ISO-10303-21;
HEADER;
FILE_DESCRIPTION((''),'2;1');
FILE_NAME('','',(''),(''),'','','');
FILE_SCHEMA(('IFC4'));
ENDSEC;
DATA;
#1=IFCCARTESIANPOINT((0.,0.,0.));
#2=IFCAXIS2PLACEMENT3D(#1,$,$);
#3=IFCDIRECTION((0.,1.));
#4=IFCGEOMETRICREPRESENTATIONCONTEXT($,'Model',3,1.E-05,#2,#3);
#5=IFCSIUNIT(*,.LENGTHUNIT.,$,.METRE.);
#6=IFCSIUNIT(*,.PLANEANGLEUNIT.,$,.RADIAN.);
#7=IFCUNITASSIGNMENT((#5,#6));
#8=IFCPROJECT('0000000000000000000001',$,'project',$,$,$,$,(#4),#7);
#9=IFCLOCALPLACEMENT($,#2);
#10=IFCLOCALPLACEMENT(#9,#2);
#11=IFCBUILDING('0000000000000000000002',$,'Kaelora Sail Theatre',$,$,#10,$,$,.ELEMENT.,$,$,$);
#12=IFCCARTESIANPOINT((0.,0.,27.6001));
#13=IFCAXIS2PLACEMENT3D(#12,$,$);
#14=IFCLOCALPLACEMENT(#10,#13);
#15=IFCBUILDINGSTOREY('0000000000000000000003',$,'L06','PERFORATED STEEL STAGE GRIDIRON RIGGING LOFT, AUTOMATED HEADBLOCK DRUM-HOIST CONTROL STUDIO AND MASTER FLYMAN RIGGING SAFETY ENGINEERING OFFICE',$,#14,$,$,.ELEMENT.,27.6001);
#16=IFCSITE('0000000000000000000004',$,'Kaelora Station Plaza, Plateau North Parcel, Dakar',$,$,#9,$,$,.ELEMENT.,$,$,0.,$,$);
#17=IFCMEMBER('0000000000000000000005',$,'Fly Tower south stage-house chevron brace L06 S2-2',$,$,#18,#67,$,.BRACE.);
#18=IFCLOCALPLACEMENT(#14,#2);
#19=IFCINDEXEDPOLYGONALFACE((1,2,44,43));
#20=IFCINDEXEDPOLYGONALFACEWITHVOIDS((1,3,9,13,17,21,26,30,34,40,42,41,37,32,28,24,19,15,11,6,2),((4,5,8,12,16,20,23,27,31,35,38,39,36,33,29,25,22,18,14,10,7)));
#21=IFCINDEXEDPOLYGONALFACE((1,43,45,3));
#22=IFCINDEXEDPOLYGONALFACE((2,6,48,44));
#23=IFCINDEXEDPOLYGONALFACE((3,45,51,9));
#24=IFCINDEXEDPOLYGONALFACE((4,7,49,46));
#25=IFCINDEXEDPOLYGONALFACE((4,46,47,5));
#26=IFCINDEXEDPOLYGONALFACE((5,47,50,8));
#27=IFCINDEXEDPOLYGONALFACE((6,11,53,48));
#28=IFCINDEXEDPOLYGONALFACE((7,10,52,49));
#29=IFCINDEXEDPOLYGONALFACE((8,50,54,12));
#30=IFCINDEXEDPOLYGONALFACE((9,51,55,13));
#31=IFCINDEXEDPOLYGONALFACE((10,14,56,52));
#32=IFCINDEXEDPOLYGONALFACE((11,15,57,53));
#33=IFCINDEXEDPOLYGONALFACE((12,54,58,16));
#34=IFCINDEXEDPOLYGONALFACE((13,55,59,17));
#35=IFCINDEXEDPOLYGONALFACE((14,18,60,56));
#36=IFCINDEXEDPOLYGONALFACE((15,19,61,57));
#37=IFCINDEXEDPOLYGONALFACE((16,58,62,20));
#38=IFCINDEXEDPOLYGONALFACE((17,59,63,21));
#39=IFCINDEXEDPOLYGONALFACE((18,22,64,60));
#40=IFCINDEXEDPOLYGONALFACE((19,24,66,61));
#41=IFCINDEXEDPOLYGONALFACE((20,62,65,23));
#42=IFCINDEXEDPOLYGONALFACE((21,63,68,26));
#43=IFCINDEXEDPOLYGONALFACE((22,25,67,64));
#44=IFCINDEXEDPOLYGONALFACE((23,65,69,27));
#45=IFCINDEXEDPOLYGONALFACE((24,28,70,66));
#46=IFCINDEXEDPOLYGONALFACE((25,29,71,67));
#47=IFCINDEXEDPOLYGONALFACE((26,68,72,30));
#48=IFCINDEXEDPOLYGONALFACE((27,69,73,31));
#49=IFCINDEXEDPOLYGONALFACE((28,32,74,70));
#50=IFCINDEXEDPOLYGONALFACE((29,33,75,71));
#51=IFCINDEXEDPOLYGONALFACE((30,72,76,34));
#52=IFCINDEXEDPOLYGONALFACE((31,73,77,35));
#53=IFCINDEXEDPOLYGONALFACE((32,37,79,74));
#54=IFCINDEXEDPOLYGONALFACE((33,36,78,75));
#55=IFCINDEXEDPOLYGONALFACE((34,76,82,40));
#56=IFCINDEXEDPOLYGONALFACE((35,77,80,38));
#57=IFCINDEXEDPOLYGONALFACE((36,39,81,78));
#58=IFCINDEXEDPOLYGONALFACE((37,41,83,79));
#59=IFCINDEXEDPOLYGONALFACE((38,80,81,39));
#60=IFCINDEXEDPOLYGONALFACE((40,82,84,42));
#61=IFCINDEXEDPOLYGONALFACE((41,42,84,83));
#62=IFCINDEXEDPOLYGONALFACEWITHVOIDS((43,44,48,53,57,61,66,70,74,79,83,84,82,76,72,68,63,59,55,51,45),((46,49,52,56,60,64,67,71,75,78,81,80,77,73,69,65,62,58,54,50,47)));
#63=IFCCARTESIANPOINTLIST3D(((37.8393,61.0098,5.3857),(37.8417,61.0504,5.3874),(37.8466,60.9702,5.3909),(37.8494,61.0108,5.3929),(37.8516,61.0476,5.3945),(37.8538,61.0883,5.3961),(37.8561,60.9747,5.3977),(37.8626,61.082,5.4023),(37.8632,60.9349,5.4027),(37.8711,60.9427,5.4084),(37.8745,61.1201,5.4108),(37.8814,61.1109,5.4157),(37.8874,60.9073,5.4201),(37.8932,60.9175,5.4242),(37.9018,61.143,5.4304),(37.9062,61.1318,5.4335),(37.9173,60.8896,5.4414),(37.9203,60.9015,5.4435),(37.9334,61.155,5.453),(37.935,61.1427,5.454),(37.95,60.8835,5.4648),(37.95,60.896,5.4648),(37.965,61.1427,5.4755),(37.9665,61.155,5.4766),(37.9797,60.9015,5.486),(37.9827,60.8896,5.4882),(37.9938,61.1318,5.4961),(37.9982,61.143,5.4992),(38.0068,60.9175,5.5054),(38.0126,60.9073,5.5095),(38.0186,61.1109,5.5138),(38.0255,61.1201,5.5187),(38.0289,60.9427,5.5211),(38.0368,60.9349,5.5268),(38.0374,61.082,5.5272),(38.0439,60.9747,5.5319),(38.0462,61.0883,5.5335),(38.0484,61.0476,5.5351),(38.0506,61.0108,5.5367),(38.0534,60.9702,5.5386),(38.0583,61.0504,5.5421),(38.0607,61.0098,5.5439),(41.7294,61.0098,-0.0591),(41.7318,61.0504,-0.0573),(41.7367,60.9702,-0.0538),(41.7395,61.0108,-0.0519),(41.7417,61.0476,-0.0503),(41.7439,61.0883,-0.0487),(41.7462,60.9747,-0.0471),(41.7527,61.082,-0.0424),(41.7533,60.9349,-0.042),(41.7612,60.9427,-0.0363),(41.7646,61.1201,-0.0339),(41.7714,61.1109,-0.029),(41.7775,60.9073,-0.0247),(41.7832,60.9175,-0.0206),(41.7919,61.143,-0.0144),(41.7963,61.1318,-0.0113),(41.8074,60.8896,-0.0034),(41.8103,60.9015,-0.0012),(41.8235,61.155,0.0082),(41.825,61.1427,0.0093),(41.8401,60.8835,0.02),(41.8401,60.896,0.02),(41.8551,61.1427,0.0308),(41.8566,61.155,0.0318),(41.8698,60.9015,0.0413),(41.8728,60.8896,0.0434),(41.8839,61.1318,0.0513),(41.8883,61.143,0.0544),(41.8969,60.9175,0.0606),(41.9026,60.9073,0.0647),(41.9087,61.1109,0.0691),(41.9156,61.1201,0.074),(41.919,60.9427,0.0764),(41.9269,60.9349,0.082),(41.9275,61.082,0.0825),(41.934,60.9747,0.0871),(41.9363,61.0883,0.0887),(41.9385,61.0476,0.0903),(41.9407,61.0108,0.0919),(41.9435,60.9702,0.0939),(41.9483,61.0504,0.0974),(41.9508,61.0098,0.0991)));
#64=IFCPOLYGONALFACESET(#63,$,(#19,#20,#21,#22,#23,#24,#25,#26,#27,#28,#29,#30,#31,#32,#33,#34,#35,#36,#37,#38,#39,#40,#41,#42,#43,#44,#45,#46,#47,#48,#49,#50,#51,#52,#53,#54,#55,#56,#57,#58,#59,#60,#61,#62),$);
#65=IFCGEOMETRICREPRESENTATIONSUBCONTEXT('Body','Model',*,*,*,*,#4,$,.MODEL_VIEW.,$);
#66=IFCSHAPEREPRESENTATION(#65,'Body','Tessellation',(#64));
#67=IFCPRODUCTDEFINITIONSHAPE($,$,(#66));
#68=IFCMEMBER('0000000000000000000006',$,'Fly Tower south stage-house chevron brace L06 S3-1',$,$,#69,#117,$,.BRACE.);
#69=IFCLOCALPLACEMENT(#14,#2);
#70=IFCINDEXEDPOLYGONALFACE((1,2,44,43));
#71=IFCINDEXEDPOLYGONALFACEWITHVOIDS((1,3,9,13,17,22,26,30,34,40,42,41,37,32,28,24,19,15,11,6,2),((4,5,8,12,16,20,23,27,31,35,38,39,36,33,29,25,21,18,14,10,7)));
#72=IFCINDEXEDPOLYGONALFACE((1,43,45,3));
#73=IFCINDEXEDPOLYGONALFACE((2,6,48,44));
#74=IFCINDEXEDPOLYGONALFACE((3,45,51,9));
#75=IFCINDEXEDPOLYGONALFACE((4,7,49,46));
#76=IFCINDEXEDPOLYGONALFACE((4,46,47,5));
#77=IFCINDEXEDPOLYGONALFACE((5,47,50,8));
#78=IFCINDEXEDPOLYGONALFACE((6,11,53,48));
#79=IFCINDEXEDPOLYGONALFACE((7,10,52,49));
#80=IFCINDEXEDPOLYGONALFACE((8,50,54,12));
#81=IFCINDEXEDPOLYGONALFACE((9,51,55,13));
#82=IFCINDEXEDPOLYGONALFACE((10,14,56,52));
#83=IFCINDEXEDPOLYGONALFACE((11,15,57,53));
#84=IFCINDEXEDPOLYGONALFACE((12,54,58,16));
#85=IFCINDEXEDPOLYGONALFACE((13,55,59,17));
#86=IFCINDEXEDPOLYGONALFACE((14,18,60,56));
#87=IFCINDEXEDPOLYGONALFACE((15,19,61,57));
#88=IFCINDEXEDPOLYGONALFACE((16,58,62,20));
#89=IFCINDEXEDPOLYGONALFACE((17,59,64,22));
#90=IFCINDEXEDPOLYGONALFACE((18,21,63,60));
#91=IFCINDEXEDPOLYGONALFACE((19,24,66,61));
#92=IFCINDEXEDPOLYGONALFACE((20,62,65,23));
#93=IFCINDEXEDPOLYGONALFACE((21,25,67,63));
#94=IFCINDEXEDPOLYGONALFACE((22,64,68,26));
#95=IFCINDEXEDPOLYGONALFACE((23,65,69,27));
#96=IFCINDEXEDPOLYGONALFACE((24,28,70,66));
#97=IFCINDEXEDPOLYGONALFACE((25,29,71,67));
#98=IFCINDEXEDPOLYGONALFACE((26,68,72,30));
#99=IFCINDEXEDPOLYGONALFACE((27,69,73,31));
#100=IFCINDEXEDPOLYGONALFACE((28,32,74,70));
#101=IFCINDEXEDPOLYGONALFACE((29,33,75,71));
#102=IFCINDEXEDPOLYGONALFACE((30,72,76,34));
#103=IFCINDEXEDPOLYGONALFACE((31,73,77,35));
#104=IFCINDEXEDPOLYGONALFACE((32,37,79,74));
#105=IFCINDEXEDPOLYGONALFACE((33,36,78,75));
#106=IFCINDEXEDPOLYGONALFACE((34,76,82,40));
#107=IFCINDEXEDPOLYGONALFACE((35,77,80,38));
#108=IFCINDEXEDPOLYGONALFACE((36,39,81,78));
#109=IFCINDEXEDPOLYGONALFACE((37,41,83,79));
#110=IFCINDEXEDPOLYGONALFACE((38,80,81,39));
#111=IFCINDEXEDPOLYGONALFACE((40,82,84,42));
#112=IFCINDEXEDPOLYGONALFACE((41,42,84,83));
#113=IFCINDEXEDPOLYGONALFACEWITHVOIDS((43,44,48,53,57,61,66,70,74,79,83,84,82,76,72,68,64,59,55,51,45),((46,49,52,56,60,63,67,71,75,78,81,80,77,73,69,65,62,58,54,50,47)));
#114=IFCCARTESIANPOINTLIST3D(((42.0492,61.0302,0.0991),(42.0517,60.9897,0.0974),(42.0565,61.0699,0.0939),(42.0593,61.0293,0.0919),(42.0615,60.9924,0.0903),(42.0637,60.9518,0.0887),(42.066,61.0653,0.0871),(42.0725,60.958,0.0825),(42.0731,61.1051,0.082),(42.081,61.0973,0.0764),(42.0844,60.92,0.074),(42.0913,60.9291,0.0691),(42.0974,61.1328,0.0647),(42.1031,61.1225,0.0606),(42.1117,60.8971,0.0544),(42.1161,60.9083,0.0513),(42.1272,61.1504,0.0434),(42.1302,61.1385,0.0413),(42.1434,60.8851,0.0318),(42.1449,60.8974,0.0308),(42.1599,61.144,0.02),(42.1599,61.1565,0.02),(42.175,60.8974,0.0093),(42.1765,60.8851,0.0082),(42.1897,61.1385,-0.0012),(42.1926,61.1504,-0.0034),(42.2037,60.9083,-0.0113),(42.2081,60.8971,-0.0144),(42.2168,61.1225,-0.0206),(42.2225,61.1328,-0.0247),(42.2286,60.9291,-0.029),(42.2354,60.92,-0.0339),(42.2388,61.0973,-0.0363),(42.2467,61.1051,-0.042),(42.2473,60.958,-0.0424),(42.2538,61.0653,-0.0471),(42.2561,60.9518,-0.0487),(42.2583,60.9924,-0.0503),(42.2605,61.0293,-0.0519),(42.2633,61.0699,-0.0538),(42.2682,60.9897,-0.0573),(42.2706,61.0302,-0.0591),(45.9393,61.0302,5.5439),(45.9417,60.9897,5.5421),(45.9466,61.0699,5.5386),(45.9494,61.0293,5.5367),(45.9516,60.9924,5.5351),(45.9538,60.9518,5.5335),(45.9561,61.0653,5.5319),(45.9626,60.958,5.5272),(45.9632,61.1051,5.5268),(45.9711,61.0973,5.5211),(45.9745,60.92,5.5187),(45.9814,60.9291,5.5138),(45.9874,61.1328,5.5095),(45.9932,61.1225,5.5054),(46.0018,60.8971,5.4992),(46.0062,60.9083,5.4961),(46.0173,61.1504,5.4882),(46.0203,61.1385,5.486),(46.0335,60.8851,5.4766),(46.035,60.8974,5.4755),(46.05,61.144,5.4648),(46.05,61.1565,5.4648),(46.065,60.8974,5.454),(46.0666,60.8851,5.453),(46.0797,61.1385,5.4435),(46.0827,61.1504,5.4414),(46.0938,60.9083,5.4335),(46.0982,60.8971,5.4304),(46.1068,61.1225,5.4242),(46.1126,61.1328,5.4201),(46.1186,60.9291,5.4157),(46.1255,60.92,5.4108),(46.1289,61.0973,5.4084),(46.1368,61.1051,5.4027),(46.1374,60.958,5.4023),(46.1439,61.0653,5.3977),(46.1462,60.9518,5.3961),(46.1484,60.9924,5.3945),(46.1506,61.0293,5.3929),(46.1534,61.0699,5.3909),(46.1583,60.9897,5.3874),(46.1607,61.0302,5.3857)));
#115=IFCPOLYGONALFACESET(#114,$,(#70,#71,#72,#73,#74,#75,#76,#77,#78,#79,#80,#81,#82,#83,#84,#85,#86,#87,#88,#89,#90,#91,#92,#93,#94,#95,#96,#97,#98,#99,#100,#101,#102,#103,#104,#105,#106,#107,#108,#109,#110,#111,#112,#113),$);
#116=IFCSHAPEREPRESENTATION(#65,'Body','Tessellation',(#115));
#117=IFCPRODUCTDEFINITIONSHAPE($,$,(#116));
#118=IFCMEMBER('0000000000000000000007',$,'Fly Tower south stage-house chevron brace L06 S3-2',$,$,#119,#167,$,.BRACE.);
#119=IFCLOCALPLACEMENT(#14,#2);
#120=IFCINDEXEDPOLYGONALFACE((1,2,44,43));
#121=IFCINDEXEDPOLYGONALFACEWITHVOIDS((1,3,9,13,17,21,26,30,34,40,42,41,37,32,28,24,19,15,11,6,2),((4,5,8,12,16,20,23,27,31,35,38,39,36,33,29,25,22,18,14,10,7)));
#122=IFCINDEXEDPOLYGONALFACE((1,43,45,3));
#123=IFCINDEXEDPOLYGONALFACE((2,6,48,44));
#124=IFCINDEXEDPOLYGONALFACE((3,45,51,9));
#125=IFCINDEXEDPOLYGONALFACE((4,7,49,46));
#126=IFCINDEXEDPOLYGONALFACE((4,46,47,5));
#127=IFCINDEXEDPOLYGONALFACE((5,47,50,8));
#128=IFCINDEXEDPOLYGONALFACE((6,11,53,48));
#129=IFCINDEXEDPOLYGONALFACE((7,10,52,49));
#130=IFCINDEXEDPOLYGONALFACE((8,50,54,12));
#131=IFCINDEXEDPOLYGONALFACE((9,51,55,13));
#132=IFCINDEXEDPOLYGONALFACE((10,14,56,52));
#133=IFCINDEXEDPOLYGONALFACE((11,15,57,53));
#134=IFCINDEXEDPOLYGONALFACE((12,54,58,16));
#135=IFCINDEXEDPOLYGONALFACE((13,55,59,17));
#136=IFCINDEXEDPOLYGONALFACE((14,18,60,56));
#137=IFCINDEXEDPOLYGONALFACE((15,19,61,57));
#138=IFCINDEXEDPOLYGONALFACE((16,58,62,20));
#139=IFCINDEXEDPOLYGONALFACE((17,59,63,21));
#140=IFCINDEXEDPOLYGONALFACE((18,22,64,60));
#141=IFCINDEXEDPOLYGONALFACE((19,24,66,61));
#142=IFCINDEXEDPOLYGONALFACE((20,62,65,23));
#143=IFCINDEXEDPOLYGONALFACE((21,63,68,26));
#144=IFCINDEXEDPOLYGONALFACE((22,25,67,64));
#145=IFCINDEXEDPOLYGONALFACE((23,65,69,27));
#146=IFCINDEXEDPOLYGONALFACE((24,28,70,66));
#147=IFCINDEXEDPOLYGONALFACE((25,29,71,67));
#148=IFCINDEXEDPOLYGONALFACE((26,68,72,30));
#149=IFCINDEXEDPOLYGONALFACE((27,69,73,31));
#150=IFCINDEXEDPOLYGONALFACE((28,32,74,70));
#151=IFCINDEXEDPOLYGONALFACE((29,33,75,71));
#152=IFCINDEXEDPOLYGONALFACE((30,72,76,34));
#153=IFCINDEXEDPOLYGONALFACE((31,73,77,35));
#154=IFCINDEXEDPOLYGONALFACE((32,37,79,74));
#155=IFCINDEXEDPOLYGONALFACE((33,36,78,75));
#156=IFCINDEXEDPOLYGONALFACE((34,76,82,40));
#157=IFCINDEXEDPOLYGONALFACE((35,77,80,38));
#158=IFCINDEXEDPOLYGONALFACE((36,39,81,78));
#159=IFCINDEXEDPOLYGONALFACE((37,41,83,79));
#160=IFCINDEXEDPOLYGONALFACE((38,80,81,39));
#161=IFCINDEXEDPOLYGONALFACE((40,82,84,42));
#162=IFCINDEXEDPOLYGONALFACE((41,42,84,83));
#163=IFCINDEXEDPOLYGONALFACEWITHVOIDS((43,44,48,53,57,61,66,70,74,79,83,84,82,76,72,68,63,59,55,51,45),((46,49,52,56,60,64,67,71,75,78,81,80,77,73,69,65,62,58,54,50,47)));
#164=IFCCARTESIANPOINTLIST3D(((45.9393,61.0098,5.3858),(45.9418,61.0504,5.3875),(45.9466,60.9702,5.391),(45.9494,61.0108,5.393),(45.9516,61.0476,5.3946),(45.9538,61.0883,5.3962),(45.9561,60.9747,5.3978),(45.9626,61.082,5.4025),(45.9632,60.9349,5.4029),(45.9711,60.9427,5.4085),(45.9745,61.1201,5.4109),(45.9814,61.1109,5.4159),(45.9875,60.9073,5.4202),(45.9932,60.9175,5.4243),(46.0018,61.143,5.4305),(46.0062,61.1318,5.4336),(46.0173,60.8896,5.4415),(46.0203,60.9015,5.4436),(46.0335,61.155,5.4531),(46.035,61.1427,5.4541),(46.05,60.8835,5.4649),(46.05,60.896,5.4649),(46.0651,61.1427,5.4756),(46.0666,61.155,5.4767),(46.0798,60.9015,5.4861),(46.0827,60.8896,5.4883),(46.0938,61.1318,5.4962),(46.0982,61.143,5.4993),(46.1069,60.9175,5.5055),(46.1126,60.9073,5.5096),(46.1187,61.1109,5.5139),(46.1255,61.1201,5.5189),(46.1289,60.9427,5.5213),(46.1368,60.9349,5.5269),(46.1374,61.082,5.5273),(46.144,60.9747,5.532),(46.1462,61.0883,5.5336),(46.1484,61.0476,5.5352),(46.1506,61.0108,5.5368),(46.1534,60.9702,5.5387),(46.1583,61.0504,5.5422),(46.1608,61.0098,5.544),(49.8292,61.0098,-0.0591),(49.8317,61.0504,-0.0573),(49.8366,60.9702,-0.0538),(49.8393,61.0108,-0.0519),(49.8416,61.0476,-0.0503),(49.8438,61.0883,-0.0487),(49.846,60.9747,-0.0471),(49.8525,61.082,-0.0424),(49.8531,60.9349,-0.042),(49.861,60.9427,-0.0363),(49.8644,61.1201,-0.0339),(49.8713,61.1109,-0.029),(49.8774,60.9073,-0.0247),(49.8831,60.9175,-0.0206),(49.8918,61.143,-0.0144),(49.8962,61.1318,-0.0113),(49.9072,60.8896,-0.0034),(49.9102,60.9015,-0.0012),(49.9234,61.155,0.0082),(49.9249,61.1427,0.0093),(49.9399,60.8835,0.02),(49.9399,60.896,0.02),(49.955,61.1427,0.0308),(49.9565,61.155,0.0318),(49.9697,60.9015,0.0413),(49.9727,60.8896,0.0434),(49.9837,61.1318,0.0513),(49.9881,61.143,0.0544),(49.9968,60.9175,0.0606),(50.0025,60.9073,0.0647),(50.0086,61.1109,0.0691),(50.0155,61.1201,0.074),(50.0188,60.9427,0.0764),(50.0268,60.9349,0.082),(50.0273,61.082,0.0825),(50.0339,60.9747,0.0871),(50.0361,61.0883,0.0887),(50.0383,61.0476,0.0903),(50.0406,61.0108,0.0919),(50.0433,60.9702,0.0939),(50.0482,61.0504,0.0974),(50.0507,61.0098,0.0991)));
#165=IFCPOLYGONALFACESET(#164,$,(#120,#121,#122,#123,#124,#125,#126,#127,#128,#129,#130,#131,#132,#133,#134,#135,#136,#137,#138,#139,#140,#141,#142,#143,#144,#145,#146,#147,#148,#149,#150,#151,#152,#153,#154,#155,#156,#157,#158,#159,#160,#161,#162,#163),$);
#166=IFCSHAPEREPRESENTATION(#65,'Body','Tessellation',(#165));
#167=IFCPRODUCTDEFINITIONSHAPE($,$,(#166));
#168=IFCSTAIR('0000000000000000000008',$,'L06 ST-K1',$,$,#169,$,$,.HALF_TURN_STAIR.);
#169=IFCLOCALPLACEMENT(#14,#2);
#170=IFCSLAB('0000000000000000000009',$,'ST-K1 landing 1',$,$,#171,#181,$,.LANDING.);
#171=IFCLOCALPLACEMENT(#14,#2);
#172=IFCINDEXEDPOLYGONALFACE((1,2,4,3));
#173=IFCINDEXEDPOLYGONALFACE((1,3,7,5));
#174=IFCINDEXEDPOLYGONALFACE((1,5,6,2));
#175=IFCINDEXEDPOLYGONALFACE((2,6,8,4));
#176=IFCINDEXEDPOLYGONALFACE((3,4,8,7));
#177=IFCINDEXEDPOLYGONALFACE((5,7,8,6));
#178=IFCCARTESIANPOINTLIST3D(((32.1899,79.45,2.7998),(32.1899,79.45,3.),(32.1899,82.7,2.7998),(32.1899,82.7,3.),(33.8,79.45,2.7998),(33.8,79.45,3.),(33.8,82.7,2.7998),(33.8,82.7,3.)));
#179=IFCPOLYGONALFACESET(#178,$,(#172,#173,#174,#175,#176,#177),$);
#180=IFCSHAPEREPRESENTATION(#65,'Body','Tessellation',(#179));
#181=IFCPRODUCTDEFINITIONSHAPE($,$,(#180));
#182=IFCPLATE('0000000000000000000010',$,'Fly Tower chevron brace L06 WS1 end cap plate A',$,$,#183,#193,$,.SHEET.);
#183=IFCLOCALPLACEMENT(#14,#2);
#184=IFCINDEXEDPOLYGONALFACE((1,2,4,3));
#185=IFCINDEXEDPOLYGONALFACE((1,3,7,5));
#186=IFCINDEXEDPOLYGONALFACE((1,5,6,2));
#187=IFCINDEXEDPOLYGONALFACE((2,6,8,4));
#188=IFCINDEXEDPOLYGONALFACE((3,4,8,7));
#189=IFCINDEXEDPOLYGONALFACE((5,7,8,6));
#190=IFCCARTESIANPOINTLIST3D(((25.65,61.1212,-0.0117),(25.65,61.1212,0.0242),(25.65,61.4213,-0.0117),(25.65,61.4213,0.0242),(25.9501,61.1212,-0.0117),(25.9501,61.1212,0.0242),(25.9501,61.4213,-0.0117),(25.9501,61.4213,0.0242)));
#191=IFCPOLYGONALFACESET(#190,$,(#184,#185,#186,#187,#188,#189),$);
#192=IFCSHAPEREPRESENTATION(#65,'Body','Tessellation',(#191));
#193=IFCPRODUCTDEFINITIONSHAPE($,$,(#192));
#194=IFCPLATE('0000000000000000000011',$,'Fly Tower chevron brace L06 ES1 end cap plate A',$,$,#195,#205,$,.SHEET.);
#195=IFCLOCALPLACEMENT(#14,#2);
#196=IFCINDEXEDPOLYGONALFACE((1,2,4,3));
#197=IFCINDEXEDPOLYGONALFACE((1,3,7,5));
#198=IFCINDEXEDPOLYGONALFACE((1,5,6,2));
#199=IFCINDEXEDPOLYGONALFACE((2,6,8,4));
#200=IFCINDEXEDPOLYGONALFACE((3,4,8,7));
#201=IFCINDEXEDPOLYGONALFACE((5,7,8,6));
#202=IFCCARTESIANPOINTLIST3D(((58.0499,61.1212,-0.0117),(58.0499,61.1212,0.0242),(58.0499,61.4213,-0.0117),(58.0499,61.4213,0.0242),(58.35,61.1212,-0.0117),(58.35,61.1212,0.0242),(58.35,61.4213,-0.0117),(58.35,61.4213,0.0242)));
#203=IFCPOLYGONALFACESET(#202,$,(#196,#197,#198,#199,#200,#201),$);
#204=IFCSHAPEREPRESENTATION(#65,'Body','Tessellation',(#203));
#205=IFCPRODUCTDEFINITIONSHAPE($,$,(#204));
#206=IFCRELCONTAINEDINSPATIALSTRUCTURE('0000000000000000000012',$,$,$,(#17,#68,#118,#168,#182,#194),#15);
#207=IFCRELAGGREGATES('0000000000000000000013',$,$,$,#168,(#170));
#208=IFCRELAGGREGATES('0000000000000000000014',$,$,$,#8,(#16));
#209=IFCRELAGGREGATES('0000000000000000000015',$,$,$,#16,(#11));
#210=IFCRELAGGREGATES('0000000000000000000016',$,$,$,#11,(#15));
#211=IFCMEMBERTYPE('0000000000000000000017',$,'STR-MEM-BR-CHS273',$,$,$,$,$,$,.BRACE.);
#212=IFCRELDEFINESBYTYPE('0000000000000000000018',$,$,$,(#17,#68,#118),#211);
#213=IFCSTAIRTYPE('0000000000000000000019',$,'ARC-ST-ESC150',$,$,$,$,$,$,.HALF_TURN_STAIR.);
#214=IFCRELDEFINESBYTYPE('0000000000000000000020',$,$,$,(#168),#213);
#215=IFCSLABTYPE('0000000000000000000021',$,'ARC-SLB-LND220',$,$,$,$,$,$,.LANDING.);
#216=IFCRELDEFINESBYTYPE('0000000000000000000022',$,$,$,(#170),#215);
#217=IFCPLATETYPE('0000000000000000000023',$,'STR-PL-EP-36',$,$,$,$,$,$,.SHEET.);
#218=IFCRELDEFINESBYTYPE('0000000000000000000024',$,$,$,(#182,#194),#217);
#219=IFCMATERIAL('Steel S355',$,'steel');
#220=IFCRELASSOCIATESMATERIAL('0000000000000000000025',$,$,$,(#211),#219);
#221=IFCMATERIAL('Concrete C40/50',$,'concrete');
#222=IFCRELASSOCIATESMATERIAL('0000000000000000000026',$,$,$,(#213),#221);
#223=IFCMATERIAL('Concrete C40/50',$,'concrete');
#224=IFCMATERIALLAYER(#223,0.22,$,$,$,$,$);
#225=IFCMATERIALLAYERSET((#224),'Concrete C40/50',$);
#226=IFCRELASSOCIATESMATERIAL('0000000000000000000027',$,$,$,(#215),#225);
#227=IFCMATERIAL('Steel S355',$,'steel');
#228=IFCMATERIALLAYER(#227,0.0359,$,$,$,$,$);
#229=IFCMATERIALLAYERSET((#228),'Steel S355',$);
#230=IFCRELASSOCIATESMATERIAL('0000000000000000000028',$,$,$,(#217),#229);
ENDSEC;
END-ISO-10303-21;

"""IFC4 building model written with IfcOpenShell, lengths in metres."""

from ifc_helpers import new_model, si_unit, direction, frame, origin, origin_2d, place, context, subcontext, project, spatial, polyline, rectangle, hollow_circle, outline, extrude, material, layer, layer_set, material_profile, profile_set, type_object, element, aggregate, save


model = new_model("IFC4")

# Units and contexts
model_context = context("Model", 3, precision=1e-05, world=origin(), true_north=direction((0.0, 1.0)))
body_context = subcontext(model_context, "Body", "Model", "MODEL_VIEW")
ifc_project = project(units=[si_unit("LENGTHUNIT", "METRE"), si_unit("PLANEANGLEUNIT", "RADIAN")], contexts=[model_context])

# Site, building, storey
site_placement = place(None, origin())
site = spatial("IfcSite", under=ifc_project, at=site_placement, Name="Kaelora Station Plaza, Plateau North Parcel, Dakar", CompositionType="ELEMENT", RefElevation=0.0)
building_placement = place(site_placement, origin())
building = spatial("IfcBuilding", under=site, at=building_placement, Name="Kaelora Sail Theatre", CompositionType="ELEMENT")
storey_placement = place(building_placement, frame((0.0, 0.0, 27.6001)))
storey = spatial("IfcBuildingStorey", under=building, at=storey_placement, Name="L06", Description="PERFORATED STEEL STAGE GRIDIRON RIGGING LOFT, AUTOMATED HEADBLOCK DRUM-HOIST CONTROL STUDIO AND MASTER FLYMAN RIGGING SAFETY ENGINEERING OFFICE", CompositionType="ELEMENT", Elevation=27.6001)

# Members
ifc_material_1 = material(Name="Steel S355", Category="steel")
ifc_material_profile_1 = material_profile(ifc_material_1, hollow_circle(Radius=0.1365, WallThickness=0.0125, at=origin_2d()), Name="CHS 273.0x12.5")
ifc_profile_set_1 = profile_set([ifc_material_profile_1], Name="Steel S355")
member_type = type_object("IfcMemberType", Name="STR-MEM-BR-CHS273", PredefinedType="BRACE", material=ifc_profile_set_1)
for number, where, z_axis, x_axis, name in (
    (1, (41.8401, 61.02, 0.02), (-0.581335, 0.0, 0.813664), (0.0, -1.0, 0.0), "Fly Tower south stage-house chevron brace L06 S2-2"),
    (2, (42.1599, 61.02, 0.02), (0.581335, 0.0, 0.813664), (0.0, 1.0, 0.0), "Fly Tower south stage-house chevron brace L06 S3-1"),
    (3, (49.9399, 61.02, 0.02), (-0.581311, 0.0, 0.813682), (0.0, -1.0, 0.0), "Fly Tower south stage-house chevron brace L06 S3-2"),
):
    element("IfcMember", number, at=place(storey_placement, frame(where, z_axis=z_axis, x_axis=x_axis)), inside=storey, type_object=member_type, Name=name, PredefinedType="BRACE", context=body_context, shape_type="SweptSolid", body=[
        extrude(hollow_circle(Radius=0.1365, WallThickness=0.0125, at=origin_2d()), origin(), (0.0, 0.0, 1.0), 6.6917),
    ])

# Stair, slab
ifc_material_2 = material(Name="Concrete C40/50", Category="concrete")
stair_type = type_object("IfcStairType", Name="ARC-ST-ESC150", PredefinedType="HALF_TURN_STAIR", material=ifc_material_2)
stair_placement = place(storey_placement, origin())
stair = element("IfcStair", 4, at=stair_placement, inside=storey, type_object=stair_type, Name="L06 ST-K1", PredefinedType="HALF_TURN_STAIR")
ifc_material_3 = material(Name="Concrete C40/50", Category="concrete")
ifc_layer_1 = layer(ifc_material_3, 0.22)
ifc_layer_set_1 = layer_set([ifc_layer_1], Name="Concrete C40/50")
slab_type_1 = type_object("IfcSlabType", Name="ARC-SLB-LND220", PredefinedType="LANDING", material=ifc_layer_set_1)
slab_1_placement = place(storey_placement, frame((0.0, 0.0, 2.7998)))
slab_1 = element("IfcSlab", 5, at=slab_1_placement, type_object=slab_type_1, Name="ST-K1 landing 1", PredefinedType="LANDING", context=body_context, shape_type="SweptSolid", body=[
    extrude(outline(polyline([(32.1899, 79.45), (33.8, 79.45), (33.8, 82.7), (32.1899, 82.7), (32.1899, 79.45)])), origin(), (0.0, 0.0, 1.0), 0.2002),
])
aggregate(stair, [slab_1])

# Plates
ifc_material_4 = material(Name="Steel S355", Category="steel")
ifc_layer_2 = layer(ifc_material_4, 0.0359)
ifc_layer_set_2 = layer_set([ifc_layer_2], Name="Steel S355")
plate_type = type_object("IfcPlateType", Name="STR-PL-EP-36", PredefinedType="SHEET", material=ifc_layer_set_2)
for number, where, z_axis, x_axis, name in (
    (6, (25.8, 61.2712, -0.0117), (0.0, 0.0, 1.0), (1.0, 0.0, 0.0), "Fly Tower chevron brace L06 WS1 end cap plate A"),
    (7, (58.2, 61.2712, -0.0117), (0.0, 0.0, 1.0), (1.0, 0.0, 0.0), "Fly Tower chevron brace L06 ES1 end cap plate A"),
):
    element("IfcPlate", number, at=place(storey_placement, frame(where, z_axis=z_axis, x_axis=x_axis)), inside=storey, type_object=plate_type, Name=name, PredefinedType="SHEET", context=body_context, shape_type="SweptSolid", body=[
        extrude(rectangle(XDim=0.3, YDim=0.3, at=origin_2d()), origin(), (0.0, 0.0, 1.0), 0.0359),
    ])

save(model, "model.ifc")
